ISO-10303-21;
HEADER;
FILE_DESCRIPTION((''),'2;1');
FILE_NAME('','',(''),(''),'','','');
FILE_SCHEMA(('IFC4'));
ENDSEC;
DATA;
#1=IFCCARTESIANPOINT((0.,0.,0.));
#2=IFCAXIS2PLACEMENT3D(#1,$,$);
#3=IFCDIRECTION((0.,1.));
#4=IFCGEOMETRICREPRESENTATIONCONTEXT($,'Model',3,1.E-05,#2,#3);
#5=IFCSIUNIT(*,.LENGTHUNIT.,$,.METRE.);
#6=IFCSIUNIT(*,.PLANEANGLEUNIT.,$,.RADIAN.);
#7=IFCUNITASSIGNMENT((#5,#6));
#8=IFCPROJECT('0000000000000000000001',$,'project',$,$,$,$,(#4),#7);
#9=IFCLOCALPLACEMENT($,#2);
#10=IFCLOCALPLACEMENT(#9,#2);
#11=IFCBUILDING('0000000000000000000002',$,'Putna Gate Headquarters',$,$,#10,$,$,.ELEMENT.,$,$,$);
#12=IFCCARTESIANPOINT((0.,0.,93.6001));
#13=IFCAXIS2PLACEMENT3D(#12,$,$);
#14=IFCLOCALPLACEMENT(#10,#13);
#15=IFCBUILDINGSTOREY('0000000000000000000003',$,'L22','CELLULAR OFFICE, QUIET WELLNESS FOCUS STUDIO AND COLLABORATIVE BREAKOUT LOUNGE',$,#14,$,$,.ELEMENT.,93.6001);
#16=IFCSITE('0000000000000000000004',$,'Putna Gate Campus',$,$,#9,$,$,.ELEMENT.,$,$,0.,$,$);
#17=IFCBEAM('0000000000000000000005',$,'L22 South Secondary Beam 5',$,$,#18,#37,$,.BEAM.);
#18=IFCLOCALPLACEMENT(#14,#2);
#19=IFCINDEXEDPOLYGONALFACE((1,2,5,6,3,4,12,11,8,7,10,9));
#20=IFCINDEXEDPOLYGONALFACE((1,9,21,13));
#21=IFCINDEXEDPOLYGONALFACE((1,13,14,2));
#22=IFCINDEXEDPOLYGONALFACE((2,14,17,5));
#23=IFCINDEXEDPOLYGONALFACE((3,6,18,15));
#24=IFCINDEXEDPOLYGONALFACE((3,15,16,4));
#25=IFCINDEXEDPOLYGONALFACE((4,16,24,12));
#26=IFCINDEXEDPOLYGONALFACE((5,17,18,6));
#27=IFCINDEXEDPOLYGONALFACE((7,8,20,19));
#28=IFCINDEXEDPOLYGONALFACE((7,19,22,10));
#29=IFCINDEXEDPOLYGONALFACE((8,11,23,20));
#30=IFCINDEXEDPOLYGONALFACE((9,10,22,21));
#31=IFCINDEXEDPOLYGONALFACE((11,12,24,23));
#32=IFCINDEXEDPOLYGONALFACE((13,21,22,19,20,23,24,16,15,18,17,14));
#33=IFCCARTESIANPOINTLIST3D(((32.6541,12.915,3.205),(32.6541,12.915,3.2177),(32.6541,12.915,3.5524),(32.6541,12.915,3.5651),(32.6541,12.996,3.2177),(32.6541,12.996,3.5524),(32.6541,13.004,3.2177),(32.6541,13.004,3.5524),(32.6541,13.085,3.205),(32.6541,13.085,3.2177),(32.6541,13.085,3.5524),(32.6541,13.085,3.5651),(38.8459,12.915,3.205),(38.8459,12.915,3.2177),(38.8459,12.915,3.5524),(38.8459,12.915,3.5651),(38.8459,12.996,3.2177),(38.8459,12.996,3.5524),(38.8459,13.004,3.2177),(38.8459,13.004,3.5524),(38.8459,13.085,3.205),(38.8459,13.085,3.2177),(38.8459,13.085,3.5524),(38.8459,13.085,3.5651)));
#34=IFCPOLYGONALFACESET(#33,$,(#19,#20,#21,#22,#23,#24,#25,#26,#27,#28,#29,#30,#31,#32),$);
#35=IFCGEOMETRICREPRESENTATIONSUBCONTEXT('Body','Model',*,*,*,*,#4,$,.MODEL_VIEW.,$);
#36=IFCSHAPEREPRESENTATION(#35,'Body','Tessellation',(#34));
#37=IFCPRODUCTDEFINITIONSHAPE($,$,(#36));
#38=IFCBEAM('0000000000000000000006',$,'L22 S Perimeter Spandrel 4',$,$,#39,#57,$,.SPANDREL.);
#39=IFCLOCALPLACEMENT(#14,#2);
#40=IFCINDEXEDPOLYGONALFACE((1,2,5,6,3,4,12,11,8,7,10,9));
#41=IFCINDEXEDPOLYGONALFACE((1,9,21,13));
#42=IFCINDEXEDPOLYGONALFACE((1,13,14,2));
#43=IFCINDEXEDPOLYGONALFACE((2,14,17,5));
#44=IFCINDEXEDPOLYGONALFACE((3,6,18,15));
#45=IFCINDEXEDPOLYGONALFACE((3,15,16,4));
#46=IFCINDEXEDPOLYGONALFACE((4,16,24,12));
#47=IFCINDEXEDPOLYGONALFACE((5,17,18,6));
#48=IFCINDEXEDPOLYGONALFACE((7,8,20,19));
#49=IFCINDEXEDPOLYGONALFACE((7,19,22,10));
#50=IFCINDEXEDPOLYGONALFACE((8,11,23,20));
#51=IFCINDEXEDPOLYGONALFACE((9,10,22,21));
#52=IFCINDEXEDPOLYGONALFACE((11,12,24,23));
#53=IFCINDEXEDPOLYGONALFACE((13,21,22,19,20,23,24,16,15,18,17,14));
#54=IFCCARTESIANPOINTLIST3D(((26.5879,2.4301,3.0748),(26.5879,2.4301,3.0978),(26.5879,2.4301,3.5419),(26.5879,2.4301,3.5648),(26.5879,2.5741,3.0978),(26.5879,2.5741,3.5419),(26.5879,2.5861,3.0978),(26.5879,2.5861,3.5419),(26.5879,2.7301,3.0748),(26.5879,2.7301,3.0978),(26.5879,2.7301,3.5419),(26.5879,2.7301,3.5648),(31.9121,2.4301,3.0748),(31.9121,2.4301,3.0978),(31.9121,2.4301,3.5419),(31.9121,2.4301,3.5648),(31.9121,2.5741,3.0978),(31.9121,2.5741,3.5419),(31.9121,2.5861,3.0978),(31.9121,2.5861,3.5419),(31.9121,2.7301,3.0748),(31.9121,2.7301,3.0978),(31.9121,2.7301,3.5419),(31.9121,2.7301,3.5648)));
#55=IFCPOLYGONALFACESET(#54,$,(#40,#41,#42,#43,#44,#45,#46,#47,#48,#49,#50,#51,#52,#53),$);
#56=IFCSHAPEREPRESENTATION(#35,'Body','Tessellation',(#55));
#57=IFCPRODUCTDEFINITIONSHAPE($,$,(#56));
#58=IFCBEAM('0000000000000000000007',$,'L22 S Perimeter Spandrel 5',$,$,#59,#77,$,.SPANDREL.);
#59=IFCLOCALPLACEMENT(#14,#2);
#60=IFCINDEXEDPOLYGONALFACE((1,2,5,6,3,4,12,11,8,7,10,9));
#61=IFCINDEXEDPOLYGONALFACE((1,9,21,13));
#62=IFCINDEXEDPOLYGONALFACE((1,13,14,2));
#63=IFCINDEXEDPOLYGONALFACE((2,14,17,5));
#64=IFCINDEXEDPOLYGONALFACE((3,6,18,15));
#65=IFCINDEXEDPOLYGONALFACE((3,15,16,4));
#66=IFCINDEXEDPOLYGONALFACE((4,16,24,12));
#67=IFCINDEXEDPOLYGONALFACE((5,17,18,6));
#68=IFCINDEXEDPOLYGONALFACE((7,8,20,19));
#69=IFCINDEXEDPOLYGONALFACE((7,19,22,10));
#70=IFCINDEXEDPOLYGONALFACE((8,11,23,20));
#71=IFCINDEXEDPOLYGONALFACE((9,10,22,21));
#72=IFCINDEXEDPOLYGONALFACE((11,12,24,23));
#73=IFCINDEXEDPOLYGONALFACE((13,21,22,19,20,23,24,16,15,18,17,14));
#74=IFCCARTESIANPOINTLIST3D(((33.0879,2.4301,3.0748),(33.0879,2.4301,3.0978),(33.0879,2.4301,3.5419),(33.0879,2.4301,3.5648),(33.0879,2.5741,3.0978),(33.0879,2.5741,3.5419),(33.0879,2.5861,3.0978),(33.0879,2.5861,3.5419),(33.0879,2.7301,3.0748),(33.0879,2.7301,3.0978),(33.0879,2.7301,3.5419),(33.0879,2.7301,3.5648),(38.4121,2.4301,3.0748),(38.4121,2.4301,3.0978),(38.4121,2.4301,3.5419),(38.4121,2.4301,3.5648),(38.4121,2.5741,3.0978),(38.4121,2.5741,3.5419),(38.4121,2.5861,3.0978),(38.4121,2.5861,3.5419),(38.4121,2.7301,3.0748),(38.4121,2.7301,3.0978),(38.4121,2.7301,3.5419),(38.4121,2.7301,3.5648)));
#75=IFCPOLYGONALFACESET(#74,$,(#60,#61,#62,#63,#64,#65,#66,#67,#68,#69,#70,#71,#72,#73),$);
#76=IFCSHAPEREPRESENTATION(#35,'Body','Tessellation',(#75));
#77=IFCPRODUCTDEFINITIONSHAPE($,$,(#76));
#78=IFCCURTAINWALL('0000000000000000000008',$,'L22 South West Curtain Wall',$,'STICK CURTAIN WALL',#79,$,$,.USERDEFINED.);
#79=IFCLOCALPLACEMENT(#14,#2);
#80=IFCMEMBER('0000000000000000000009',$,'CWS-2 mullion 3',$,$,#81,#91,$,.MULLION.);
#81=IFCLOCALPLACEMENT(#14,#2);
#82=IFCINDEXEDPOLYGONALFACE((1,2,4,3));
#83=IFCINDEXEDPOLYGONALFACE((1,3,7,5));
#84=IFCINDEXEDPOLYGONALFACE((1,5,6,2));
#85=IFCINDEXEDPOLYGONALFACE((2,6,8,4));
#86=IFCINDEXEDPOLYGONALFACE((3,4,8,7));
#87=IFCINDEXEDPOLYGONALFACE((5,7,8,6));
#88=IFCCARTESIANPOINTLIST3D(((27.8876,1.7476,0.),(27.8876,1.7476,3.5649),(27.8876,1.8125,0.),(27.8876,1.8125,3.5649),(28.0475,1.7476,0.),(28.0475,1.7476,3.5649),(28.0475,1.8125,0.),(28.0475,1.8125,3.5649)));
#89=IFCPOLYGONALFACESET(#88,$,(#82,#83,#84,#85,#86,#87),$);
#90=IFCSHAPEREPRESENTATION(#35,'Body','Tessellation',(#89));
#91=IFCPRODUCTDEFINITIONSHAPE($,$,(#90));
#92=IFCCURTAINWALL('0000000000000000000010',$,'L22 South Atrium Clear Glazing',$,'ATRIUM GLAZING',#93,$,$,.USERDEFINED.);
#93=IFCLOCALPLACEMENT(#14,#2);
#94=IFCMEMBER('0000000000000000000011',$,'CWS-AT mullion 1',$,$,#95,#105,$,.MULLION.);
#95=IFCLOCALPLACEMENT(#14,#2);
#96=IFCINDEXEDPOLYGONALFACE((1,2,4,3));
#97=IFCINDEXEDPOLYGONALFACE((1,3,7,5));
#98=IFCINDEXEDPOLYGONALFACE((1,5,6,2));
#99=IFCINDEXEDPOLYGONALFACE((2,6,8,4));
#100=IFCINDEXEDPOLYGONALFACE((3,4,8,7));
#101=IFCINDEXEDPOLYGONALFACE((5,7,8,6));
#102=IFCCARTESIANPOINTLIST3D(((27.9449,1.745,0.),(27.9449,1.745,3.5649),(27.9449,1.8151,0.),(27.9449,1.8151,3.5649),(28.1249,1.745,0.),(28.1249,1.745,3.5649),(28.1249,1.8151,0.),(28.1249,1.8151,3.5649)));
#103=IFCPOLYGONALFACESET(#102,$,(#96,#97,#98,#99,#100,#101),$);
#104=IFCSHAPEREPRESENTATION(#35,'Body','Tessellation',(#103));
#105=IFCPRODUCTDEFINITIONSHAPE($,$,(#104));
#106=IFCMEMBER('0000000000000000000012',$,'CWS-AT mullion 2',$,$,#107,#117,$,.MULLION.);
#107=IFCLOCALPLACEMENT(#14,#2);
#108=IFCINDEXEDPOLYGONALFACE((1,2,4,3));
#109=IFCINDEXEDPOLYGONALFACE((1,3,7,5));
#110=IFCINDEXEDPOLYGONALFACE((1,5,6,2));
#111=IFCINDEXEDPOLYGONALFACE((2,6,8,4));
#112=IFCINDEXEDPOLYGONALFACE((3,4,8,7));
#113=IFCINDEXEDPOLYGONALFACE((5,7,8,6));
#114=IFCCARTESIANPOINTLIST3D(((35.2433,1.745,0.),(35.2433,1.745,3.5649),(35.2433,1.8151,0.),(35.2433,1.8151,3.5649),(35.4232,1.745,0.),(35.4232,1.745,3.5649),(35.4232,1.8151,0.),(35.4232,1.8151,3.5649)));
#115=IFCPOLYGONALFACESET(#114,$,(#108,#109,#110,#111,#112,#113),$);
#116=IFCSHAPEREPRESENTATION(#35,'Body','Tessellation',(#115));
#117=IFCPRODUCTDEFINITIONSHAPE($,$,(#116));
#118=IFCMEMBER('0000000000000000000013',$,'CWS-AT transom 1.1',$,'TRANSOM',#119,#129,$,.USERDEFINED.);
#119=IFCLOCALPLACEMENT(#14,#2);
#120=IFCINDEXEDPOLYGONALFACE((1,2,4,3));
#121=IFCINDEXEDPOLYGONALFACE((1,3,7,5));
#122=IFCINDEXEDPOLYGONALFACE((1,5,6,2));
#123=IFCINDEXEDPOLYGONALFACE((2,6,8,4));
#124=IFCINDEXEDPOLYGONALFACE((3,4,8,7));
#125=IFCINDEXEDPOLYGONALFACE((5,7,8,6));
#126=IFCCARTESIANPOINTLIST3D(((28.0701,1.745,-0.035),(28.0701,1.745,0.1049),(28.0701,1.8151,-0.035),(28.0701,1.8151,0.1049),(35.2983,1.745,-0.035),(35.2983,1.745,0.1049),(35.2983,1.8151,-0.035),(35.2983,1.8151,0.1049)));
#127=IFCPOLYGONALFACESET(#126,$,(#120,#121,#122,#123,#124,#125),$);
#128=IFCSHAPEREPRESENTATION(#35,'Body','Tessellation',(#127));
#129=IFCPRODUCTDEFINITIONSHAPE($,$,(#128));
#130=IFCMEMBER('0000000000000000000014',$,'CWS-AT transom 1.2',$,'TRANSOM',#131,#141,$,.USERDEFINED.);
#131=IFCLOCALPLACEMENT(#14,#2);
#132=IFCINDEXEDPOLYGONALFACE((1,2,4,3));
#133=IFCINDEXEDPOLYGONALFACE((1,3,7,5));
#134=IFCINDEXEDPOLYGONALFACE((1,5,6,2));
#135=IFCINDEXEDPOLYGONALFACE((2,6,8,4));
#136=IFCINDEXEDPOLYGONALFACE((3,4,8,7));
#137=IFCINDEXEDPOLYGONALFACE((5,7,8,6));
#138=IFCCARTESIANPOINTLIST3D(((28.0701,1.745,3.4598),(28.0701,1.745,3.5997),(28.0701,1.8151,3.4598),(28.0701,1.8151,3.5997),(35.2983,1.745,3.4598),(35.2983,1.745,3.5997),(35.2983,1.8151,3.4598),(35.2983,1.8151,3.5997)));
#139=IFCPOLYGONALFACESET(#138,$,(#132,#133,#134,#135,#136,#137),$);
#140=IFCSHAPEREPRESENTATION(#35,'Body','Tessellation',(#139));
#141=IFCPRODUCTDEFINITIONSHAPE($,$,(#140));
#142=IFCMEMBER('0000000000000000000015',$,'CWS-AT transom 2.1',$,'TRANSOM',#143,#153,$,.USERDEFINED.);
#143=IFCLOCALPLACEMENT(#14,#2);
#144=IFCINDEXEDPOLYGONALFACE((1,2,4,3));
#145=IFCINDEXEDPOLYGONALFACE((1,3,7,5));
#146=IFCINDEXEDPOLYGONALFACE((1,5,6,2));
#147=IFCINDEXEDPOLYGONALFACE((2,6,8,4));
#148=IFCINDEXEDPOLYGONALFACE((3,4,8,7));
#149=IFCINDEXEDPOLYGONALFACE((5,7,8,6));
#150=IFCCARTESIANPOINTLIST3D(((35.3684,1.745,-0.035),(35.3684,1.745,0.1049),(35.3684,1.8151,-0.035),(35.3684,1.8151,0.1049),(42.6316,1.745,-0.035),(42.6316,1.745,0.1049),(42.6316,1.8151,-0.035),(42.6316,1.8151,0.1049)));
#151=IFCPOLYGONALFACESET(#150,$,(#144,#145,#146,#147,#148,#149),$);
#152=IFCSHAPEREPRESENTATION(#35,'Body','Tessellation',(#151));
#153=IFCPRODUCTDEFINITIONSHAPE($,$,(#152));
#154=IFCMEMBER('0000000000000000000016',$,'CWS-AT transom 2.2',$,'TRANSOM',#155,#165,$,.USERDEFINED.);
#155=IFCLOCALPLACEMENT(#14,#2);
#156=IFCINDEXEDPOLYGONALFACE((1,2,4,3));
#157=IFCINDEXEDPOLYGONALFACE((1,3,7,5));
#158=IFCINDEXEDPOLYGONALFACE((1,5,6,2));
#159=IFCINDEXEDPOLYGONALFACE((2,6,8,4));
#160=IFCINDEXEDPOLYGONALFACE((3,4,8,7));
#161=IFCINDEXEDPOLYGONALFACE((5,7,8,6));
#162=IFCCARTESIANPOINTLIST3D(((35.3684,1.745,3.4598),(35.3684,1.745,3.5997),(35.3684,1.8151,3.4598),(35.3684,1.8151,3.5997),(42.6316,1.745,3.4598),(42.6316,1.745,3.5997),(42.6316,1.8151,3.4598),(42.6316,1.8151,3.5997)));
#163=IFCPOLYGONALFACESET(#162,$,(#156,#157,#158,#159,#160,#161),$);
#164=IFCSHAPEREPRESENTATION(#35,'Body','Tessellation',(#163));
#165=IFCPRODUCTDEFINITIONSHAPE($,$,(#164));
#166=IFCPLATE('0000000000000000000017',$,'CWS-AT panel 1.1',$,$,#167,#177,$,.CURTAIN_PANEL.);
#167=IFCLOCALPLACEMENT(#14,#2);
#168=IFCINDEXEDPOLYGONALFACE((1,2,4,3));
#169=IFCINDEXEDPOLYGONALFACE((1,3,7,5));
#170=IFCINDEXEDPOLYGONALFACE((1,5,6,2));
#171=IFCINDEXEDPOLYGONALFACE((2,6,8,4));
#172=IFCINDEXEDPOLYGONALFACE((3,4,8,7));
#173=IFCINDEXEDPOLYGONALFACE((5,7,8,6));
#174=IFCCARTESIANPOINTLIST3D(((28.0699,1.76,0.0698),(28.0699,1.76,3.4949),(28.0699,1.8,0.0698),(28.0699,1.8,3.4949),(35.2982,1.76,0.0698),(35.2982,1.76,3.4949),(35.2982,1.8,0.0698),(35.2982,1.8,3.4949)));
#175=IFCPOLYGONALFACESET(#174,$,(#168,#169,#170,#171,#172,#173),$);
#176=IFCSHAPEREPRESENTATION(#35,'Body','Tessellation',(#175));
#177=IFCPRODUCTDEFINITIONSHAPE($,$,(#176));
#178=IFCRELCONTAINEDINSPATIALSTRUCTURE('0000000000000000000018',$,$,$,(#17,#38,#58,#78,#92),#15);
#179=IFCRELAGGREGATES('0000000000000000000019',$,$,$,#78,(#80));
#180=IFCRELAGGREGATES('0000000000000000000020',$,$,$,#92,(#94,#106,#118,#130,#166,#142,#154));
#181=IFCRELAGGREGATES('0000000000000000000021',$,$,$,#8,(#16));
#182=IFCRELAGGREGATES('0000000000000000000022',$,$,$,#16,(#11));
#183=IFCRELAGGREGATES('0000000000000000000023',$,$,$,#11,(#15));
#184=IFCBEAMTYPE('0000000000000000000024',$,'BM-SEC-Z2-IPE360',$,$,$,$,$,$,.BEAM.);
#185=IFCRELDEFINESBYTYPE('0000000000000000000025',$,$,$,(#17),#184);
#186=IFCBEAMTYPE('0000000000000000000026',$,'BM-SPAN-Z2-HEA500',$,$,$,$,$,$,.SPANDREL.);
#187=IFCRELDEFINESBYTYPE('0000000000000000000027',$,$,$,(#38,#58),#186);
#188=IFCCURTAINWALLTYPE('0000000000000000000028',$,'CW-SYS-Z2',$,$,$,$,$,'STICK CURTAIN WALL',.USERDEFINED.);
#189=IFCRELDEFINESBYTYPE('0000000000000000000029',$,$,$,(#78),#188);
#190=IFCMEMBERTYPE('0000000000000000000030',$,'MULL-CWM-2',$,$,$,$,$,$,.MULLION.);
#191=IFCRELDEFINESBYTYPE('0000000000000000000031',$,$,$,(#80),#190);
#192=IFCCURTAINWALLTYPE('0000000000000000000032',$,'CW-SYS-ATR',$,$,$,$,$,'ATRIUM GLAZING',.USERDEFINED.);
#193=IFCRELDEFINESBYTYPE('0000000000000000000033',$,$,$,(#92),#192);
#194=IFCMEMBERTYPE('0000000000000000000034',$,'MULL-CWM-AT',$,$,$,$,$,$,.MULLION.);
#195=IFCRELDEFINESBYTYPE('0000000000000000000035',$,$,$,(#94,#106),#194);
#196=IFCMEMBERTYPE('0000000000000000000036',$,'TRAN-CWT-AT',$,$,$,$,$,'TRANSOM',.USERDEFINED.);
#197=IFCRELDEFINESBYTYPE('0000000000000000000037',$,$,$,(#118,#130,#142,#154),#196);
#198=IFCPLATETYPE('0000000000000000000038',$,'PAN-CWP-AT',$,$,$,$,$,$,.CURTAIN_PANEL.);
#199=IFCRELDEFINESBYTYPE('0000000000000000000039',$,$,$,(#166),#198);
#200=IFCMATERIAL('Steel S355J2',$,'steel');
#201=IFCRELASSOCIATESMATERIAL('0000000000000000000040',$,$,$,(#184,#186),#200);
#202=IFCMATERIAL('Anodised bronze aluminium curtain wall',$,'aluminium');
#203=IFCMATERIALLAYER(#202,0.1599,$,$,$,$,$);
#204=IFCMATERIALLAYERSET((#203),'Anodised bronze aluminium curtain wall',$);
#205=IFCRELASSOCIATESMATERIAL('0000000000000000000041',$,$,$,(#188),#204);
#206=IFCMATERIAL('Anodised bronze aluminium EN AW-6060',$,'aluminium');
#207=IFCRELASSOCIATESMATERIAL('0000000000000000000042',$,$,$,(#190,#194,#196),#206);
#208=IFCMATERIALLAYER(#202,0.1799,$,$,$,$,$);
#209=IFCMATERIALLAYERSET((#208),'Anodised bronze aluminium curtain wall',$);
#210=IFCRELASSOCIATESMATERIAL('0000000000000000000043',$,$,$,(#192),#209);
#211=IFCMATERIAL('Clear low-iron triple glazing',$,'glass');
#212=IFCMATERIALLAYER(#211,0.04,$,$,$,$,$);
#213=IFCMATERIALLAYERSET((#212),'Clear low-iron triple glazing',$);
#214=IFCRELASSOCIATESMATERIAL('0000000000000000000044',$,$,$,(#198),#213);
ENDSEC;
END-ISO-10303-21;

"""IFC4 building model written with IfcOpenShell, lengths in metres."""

from ifc_helpers import new_model, si_unit, direction, frame, origin, origin_2d, place, context, subcontext, project, spatial, rectangle, i_section, extrude, material, layer, layer_set, material_profile, profile_set, type_object, element, aggregate, save


model = new_model("IFC4")

# Units and contexts
model_context = context("Model", 3, precision=1e-05, world=origin(), true_north=direction((0.0, 1.0)))
body_context = subcontext(model_context, "Body", "Model", "MODEL_VIEW")
ifc_project = project(units=[si_unit("LENGTHUNIT", "METRE"), si_unit("PLANEANGLEUNIT", "RADIAN")], contexts=[model_context])

# Site, building, storey
site_placement = place(None, origin())
site = spatial("IfcSite", under=ifc_project, at=site_placement, Name="Putna Gate Campus", CompositionType="ELEMENT", RefElevation=0.0)
building_placement = place(site_placement, origin())
building = spatial("IfcBuilding", under=site, at=building_placement, Name="Putna Gate Headquarters", CompositionType="ELEMENT")
storey_placement = place(building_placement, frame((0.0, 0.0, 93.6001)))
storey = spatial("IfcBuildingStorey", under=building, at=storey_placement, Name="L22", Description="CELLULAR OFFICE, QUIET WELLNESS FOCUS STUDIO AND COLLABORATIVE BREAKOUT LOUNGE", CompositionType="ELEMENT", Elevation=93.6001)

# Beams
ifc_material_1 = material(Name="Steel S355J2", Category="steel")
ifc_material_profile_1 = material_profile(ifc_material_1, i_section(OverallWidth=0.1699, OverallDepth=0.3601, WebThickness=0.0081, FlangeThickness=0.0127, at=origin_2d()), Name="Steel S355J2")
ifc_profile_set_1 = profile_set([ifc_material_profile_1], Name="Steel S355J2")
beam_type_1 = type_object("IfcBeamType", Name="BM-SEC-Z2-IPE360", PredefinedType="BEAM", material=ifc_profile_set_1)
for number, where, z_axis, x_axis, name in (
    (1, (32.6541, 13.0, 3.385), (1.0, 0.0, 0.0), (0.0, 1.0, 0.0), "L22 South Secondary Beam 5"),
):
    element("IfcBeam", number, at=place(storey_placement, frame(where, z_axis=z_axis, x_axis=x_axis)), inside=storey, type_object=beam_type_1, Name=name, PredefinedType="BEAM", context=body_context, shape_type="SweptSolid", body=[
        extrude(i_section(OverallWidth=0.1699, OverallDepth=0.3601, WebThickness=0.0081, FlangeThickness=0.0127, at=origin_2d()), origin(), (0.0, 0.0, 1.0), 6.1919),
    ])
ifc_material_profile_2 = material_profile(ifc_material_1, i_section(OverallWidth=0.3, OverallDepth=0.49, WebThickness=0.012, FlangeThickness=0.0229, at=origin_2d()), Name="Steel S355J2")
ifc_profile_set_2 = profile_set([ifc_material_profile_2], Name="Steel S355J2")
beam_type_2 = type_object("IfcBeamType", Name="BM-SPAN-Z2-HEA500", PredefinedType="SPANDREL", material=ifc_profile_set_2)
for number, where, z_axis, x_axis, name in (
    (2, (26.5879, 2.5801, 3.3198), (1.0, 0.0, 0.0), (0.0, 1.0, 0.0), "L22 S Perimeter Spandrel 4"),
    (3, (33.0879, 2.5801, 3.3198), (1.0, 0.0, 0.0), (0.0, 1.0, 0.0), "L22 S Perimeter Spandrel 5"),
):
    element("IfcBeam", number, at=place(storey_placement, frame(where, z_axis=z_axis, x_axis=x_axis)), inside=storey, type_object=beam_type_2, Name=name, PredefinedType="SPANDREL", context=body_context, shape_type="SweptSolid", body=[
        extrude(i_section(OverallWidth=0.3, OverallDepth=0.49, WebThickness=0.012, FlangeThickness=0.0229, at=origin_2d()), origin(), (0.0, 0.0, 1.0), 5.3242),
    ])

# Curtain wall, member
ifc_material_2 = material(Name="Anodised bronze aluminium curtain wall", Category="aluminium")
ifc_layer_1 = layer(ifc_material_2, 0.1599)
ifc_layer_set_1 = layer_set([ifc_layer_1], Name="Anodised bronze aluminium curtain wall")
curtain_wall_type_1 = type_object("IfcCurtainWallType", Name="CW-SYS-Z2", ElementType="STICK CURTAIN WALL", PredefinedType="USERDEFINED", material=ifc_layer_set_1)
curtain_wall_1_placement = place(storey_placement, origin())
curtain_wall_1 = element("IfcCurtainWall", 4, at=curtain_wall_1_placement, inside=storey, type_object=curtain_wall_type_1, Name="L22 South West Curtain Wall", ObjectType="STICK CURTAIN WALL", PredefinedType="USERDEFINED")
ifc_material_3 = material(Name="Anodised bronze aluminium EN AW-6060", Category="aluminium")
ifc_material_profile_3 = material_profile(ifc_material_3, rectangle(XDim=0.0649, YDim=0.1599, at=origin_2d()), Name="Anodised bronze aluminium EN AW-6060")
ifc_profile_set_3 = profile_set([ifc_material_profile_3], Name="Anodised bronze aluminium EN AW-6060")
member_type_1 = type_object("IfcMemberType", Name="MULL-CWM-2", PredefinedType="MULLION", material=ifc_profile_set_3)
member_1_placement = place(storey_placement, frame((27.9675, 1.78, 0.0), z_axis=(0.0, 0.0, 1.0), x_axis=(0.0, 1.0, 0.0)))
member_1 = element("IfcMember", 5, at=member_1_placement, type_object=member_type_1, Name="CWS-2 mullion 3", PredefinedType="MULLION", context=body_context, shape_type="SweptSolid", body=[
    extrude(rectangle(XDim=0.0649, YDim=0.1599, at=origin_2d()), origin(), (0.0, 0.0, 1.0), 3.5649),
])
aggregate(curtain_wall_1, [member_1])

# Curtain wall, members, plate
ifc_layer_2 = layer(ifc_material_2, 0.1799)
ifc_layer_set_2 = layer_set([ifc_layer_2], Name="Anodised bronze aluminium curtain wall")
curtain_wall_type_2 = type_object("IfcCurtainWallType", Name="CW-SYS-ATR", ElementType="ATRIUM GLAZING", PredefinedType="USERDEFINED", material=ifc_layer_set_2)
curtain_wall_2_placement = place(storey_placement, origin())
curtain_wall_2 = element("IfcCurtainWall", 6, at=curtain_wall_2_placement, inside=storey, type_object=curtain_wall_type_2, Name="L22 South Atrium Clear Glazing", ObjectType="ATRIUM GLAZING", PredefinedType="USERDEFINED")
ifc_material_profile_4 = material_profile(ifc_material_3, rectangle(XDim=0.0701, YDim=0.1799, at=origin_2d()), Name="Anodised bronze aluminium EN AW-6060")
ifc_profile_set_4 = profile_set([ifc_material_profile_4], Name="Anodised bronze aluminium EN AW-6060")
member_type_2 = type_object("IfcMemberType", Name="MULL-CWM-AT", PredefinedType="MULLION", material=ifc_profile_set_4)
member_2_placement = place(storey_placement, frame((28.0349, 1.78, 0.0), z_axis=(0.0, 0.0, 1.0), x_axis=(0.0, 1.0, 0.0)))
member_2 = element("IfcMember", 7, at=member_2_placement, type_object=member_type_2, Name="CWS-AT mullion 1", PredefinedType="MULLION", context=body_context, shape_type="SweptSolid", body=[
    extrude(rectangle(XDim=0.0701, YDim=0.1799, at=origin_2d()), origin(), (0.0, 0.0, 1.0), 3.5649),
])
member_3_placement = place(storey_placement, frame((35.3333, 1.78, 0.0), z_axis=(0.0, 0.0, 1.0), x_axis=(0.0, 1.0, 0.0)))
member_3 = element("IfcMember", 8, at=member_3_placement, type_object=member_type_2, Name="CWS-AT mullion 2", PredefinedType="MULLION", context=body_context, shape_type="SweptSolid", body=[
    extrude(rectangle(XDim=0.0701, YDim=0.1799, at=origin_2d()), origin(), (0.0, 0.0, 1.0), 3.5649),
])
ifc_material_profile_5 = material_profile(ifc_material_3, rectangle(XDim=0.0701, YDim=0.1399, at=origin_2d()), Name="Anodised bronze aluminium EN AW-6060")
ifc_profile_set_5 = profile_set([ifc_material_profile_5], Name="Anodised bronze aluminium EN AW-6060")
member_type_3 = type_object("IfcMemberType", Name="TRAN-CWT-AT", ElementType="TRANSOM", PredefinedType="USERDEFINED", material=ifc_profile_set_5)
member_4_placement = place(storey_placement, frame((28.0701, 1.78, 0.0349), z_axis=(1.0, 0.0, 0.0), x_axis=(0.0, 1.0, 0.0)))
member_4 = element("IfcMember", 9, at=member_4_placement, type_object=member_type_3, Name="CWS-AT transom 1.1", ObjectType="TRANSOM", PredefinedType="USERDEFINED", context=body_context, shape_type="SweptSolid", body=[
    extrude(rectangle(XDim=0.0701, YDim=0.1399, at=origin_2d()), origin(), (0.0, 0.0, 1.0), 7.2283),
])
member_5_placement = place(storey_placement, frame((28.0701, 1.78, 3.5298), z_axis=(1.0, 0.0, 0.0), x_axis=(0.0, 1.0, 0.0)))
member_5 = element("IfcMember", 10, at=member_5_placement, type_object=member_type_3, Name="CWS-AT transom 1.2", ObjectType="TRANSOM", PredefinedType="USERDEFINED", context=body_context, shape_type="SweptSolid", body=[
    extrude(rectangle(XDim=0.0701, YDim=0.1399, at=origin_2d()), origin(), (0.0, 0.0, 1.0), 7.2283),
])
member_6_placement = place(storey_placement, frame((35.3684, 1.78, 0.0349), z_axis=(1.0, 0.0, 0.0), x_axis=(0.0, 1.0, 0.0)))
member_6 = element("IfcMember", 11, at=member_6_placement, type_object=member_type_3, Name="CWS-AT transom 2.1", ObjectType="TRANSOM", PredefinedType="USERDEFINED", context=body_context, shape_type="SweptSolid", body=[
    extrude(rectangle(XDim=0.0701, YDim=0.1399, at=origin_2d()), origin(), (0.0, 0.0, 1.0), 7.2632),
])
member_7_placement = place(storey_placement, frame((35.3684, 1.78, 3.5298), z_axis=(1.0, 0.0, 0.0), x_axis=(0.0, 1.0, 0.0)))
member_7 = element("IfcMember", 12, at=member_7_placement, type_object=member_type_3, Name="CWS-AT transom 2.2", ObjectType="TRANSOM", PredefinedType="USERDEFINED", context=body_context, shape_type="SweptSolid", body=[
    extrude(rectangle(XDim=0.0701, YDim=0.1399, at=origin_2d()), origin(), (0.0, 0.0, 1.0), 7.2632),
])
ifc_material_4 = material(Name="Clear low-iron triple glazing", Category="glass")
ifc_layer_3 = layer(ifc_material_4, 0.04)
ifc_layer_set_3 = layer_set([ifc_layer_3], Name="Clear low-iron triple glazing")
plate_type = type_object("IfcPlateType", Name="PAN-CWP-AT", PredefinedType="CURTAIN_PANEL", material=ifc_layer_set_3)
plate_placement = place(storey_placement, frame((31.6841, 1.78, 0.0698), z_axis=(0.0, 0.0, 1.0), x_axis=(1.0, 0.0, 0.0)))
plate = element("IfcPlate", 13, at=plate_placement, type_object=plate_type, Name="CWS-AT panel 1.1", PredefinedType="CURTAIN_PANEL", context=body_context, shape_type="SweptSolid", body=[
    extrude(rectangle(XDim=7.2283, YDim=0.04, at=origin_2d()), origin(), (0.0, 0.0, 1.0), 3.425),
])
aggregate(curtain_wall_2, [member_2, member_3, member_4, member_5, plate, member_6, member_7])

save(model, "model.ifc")
